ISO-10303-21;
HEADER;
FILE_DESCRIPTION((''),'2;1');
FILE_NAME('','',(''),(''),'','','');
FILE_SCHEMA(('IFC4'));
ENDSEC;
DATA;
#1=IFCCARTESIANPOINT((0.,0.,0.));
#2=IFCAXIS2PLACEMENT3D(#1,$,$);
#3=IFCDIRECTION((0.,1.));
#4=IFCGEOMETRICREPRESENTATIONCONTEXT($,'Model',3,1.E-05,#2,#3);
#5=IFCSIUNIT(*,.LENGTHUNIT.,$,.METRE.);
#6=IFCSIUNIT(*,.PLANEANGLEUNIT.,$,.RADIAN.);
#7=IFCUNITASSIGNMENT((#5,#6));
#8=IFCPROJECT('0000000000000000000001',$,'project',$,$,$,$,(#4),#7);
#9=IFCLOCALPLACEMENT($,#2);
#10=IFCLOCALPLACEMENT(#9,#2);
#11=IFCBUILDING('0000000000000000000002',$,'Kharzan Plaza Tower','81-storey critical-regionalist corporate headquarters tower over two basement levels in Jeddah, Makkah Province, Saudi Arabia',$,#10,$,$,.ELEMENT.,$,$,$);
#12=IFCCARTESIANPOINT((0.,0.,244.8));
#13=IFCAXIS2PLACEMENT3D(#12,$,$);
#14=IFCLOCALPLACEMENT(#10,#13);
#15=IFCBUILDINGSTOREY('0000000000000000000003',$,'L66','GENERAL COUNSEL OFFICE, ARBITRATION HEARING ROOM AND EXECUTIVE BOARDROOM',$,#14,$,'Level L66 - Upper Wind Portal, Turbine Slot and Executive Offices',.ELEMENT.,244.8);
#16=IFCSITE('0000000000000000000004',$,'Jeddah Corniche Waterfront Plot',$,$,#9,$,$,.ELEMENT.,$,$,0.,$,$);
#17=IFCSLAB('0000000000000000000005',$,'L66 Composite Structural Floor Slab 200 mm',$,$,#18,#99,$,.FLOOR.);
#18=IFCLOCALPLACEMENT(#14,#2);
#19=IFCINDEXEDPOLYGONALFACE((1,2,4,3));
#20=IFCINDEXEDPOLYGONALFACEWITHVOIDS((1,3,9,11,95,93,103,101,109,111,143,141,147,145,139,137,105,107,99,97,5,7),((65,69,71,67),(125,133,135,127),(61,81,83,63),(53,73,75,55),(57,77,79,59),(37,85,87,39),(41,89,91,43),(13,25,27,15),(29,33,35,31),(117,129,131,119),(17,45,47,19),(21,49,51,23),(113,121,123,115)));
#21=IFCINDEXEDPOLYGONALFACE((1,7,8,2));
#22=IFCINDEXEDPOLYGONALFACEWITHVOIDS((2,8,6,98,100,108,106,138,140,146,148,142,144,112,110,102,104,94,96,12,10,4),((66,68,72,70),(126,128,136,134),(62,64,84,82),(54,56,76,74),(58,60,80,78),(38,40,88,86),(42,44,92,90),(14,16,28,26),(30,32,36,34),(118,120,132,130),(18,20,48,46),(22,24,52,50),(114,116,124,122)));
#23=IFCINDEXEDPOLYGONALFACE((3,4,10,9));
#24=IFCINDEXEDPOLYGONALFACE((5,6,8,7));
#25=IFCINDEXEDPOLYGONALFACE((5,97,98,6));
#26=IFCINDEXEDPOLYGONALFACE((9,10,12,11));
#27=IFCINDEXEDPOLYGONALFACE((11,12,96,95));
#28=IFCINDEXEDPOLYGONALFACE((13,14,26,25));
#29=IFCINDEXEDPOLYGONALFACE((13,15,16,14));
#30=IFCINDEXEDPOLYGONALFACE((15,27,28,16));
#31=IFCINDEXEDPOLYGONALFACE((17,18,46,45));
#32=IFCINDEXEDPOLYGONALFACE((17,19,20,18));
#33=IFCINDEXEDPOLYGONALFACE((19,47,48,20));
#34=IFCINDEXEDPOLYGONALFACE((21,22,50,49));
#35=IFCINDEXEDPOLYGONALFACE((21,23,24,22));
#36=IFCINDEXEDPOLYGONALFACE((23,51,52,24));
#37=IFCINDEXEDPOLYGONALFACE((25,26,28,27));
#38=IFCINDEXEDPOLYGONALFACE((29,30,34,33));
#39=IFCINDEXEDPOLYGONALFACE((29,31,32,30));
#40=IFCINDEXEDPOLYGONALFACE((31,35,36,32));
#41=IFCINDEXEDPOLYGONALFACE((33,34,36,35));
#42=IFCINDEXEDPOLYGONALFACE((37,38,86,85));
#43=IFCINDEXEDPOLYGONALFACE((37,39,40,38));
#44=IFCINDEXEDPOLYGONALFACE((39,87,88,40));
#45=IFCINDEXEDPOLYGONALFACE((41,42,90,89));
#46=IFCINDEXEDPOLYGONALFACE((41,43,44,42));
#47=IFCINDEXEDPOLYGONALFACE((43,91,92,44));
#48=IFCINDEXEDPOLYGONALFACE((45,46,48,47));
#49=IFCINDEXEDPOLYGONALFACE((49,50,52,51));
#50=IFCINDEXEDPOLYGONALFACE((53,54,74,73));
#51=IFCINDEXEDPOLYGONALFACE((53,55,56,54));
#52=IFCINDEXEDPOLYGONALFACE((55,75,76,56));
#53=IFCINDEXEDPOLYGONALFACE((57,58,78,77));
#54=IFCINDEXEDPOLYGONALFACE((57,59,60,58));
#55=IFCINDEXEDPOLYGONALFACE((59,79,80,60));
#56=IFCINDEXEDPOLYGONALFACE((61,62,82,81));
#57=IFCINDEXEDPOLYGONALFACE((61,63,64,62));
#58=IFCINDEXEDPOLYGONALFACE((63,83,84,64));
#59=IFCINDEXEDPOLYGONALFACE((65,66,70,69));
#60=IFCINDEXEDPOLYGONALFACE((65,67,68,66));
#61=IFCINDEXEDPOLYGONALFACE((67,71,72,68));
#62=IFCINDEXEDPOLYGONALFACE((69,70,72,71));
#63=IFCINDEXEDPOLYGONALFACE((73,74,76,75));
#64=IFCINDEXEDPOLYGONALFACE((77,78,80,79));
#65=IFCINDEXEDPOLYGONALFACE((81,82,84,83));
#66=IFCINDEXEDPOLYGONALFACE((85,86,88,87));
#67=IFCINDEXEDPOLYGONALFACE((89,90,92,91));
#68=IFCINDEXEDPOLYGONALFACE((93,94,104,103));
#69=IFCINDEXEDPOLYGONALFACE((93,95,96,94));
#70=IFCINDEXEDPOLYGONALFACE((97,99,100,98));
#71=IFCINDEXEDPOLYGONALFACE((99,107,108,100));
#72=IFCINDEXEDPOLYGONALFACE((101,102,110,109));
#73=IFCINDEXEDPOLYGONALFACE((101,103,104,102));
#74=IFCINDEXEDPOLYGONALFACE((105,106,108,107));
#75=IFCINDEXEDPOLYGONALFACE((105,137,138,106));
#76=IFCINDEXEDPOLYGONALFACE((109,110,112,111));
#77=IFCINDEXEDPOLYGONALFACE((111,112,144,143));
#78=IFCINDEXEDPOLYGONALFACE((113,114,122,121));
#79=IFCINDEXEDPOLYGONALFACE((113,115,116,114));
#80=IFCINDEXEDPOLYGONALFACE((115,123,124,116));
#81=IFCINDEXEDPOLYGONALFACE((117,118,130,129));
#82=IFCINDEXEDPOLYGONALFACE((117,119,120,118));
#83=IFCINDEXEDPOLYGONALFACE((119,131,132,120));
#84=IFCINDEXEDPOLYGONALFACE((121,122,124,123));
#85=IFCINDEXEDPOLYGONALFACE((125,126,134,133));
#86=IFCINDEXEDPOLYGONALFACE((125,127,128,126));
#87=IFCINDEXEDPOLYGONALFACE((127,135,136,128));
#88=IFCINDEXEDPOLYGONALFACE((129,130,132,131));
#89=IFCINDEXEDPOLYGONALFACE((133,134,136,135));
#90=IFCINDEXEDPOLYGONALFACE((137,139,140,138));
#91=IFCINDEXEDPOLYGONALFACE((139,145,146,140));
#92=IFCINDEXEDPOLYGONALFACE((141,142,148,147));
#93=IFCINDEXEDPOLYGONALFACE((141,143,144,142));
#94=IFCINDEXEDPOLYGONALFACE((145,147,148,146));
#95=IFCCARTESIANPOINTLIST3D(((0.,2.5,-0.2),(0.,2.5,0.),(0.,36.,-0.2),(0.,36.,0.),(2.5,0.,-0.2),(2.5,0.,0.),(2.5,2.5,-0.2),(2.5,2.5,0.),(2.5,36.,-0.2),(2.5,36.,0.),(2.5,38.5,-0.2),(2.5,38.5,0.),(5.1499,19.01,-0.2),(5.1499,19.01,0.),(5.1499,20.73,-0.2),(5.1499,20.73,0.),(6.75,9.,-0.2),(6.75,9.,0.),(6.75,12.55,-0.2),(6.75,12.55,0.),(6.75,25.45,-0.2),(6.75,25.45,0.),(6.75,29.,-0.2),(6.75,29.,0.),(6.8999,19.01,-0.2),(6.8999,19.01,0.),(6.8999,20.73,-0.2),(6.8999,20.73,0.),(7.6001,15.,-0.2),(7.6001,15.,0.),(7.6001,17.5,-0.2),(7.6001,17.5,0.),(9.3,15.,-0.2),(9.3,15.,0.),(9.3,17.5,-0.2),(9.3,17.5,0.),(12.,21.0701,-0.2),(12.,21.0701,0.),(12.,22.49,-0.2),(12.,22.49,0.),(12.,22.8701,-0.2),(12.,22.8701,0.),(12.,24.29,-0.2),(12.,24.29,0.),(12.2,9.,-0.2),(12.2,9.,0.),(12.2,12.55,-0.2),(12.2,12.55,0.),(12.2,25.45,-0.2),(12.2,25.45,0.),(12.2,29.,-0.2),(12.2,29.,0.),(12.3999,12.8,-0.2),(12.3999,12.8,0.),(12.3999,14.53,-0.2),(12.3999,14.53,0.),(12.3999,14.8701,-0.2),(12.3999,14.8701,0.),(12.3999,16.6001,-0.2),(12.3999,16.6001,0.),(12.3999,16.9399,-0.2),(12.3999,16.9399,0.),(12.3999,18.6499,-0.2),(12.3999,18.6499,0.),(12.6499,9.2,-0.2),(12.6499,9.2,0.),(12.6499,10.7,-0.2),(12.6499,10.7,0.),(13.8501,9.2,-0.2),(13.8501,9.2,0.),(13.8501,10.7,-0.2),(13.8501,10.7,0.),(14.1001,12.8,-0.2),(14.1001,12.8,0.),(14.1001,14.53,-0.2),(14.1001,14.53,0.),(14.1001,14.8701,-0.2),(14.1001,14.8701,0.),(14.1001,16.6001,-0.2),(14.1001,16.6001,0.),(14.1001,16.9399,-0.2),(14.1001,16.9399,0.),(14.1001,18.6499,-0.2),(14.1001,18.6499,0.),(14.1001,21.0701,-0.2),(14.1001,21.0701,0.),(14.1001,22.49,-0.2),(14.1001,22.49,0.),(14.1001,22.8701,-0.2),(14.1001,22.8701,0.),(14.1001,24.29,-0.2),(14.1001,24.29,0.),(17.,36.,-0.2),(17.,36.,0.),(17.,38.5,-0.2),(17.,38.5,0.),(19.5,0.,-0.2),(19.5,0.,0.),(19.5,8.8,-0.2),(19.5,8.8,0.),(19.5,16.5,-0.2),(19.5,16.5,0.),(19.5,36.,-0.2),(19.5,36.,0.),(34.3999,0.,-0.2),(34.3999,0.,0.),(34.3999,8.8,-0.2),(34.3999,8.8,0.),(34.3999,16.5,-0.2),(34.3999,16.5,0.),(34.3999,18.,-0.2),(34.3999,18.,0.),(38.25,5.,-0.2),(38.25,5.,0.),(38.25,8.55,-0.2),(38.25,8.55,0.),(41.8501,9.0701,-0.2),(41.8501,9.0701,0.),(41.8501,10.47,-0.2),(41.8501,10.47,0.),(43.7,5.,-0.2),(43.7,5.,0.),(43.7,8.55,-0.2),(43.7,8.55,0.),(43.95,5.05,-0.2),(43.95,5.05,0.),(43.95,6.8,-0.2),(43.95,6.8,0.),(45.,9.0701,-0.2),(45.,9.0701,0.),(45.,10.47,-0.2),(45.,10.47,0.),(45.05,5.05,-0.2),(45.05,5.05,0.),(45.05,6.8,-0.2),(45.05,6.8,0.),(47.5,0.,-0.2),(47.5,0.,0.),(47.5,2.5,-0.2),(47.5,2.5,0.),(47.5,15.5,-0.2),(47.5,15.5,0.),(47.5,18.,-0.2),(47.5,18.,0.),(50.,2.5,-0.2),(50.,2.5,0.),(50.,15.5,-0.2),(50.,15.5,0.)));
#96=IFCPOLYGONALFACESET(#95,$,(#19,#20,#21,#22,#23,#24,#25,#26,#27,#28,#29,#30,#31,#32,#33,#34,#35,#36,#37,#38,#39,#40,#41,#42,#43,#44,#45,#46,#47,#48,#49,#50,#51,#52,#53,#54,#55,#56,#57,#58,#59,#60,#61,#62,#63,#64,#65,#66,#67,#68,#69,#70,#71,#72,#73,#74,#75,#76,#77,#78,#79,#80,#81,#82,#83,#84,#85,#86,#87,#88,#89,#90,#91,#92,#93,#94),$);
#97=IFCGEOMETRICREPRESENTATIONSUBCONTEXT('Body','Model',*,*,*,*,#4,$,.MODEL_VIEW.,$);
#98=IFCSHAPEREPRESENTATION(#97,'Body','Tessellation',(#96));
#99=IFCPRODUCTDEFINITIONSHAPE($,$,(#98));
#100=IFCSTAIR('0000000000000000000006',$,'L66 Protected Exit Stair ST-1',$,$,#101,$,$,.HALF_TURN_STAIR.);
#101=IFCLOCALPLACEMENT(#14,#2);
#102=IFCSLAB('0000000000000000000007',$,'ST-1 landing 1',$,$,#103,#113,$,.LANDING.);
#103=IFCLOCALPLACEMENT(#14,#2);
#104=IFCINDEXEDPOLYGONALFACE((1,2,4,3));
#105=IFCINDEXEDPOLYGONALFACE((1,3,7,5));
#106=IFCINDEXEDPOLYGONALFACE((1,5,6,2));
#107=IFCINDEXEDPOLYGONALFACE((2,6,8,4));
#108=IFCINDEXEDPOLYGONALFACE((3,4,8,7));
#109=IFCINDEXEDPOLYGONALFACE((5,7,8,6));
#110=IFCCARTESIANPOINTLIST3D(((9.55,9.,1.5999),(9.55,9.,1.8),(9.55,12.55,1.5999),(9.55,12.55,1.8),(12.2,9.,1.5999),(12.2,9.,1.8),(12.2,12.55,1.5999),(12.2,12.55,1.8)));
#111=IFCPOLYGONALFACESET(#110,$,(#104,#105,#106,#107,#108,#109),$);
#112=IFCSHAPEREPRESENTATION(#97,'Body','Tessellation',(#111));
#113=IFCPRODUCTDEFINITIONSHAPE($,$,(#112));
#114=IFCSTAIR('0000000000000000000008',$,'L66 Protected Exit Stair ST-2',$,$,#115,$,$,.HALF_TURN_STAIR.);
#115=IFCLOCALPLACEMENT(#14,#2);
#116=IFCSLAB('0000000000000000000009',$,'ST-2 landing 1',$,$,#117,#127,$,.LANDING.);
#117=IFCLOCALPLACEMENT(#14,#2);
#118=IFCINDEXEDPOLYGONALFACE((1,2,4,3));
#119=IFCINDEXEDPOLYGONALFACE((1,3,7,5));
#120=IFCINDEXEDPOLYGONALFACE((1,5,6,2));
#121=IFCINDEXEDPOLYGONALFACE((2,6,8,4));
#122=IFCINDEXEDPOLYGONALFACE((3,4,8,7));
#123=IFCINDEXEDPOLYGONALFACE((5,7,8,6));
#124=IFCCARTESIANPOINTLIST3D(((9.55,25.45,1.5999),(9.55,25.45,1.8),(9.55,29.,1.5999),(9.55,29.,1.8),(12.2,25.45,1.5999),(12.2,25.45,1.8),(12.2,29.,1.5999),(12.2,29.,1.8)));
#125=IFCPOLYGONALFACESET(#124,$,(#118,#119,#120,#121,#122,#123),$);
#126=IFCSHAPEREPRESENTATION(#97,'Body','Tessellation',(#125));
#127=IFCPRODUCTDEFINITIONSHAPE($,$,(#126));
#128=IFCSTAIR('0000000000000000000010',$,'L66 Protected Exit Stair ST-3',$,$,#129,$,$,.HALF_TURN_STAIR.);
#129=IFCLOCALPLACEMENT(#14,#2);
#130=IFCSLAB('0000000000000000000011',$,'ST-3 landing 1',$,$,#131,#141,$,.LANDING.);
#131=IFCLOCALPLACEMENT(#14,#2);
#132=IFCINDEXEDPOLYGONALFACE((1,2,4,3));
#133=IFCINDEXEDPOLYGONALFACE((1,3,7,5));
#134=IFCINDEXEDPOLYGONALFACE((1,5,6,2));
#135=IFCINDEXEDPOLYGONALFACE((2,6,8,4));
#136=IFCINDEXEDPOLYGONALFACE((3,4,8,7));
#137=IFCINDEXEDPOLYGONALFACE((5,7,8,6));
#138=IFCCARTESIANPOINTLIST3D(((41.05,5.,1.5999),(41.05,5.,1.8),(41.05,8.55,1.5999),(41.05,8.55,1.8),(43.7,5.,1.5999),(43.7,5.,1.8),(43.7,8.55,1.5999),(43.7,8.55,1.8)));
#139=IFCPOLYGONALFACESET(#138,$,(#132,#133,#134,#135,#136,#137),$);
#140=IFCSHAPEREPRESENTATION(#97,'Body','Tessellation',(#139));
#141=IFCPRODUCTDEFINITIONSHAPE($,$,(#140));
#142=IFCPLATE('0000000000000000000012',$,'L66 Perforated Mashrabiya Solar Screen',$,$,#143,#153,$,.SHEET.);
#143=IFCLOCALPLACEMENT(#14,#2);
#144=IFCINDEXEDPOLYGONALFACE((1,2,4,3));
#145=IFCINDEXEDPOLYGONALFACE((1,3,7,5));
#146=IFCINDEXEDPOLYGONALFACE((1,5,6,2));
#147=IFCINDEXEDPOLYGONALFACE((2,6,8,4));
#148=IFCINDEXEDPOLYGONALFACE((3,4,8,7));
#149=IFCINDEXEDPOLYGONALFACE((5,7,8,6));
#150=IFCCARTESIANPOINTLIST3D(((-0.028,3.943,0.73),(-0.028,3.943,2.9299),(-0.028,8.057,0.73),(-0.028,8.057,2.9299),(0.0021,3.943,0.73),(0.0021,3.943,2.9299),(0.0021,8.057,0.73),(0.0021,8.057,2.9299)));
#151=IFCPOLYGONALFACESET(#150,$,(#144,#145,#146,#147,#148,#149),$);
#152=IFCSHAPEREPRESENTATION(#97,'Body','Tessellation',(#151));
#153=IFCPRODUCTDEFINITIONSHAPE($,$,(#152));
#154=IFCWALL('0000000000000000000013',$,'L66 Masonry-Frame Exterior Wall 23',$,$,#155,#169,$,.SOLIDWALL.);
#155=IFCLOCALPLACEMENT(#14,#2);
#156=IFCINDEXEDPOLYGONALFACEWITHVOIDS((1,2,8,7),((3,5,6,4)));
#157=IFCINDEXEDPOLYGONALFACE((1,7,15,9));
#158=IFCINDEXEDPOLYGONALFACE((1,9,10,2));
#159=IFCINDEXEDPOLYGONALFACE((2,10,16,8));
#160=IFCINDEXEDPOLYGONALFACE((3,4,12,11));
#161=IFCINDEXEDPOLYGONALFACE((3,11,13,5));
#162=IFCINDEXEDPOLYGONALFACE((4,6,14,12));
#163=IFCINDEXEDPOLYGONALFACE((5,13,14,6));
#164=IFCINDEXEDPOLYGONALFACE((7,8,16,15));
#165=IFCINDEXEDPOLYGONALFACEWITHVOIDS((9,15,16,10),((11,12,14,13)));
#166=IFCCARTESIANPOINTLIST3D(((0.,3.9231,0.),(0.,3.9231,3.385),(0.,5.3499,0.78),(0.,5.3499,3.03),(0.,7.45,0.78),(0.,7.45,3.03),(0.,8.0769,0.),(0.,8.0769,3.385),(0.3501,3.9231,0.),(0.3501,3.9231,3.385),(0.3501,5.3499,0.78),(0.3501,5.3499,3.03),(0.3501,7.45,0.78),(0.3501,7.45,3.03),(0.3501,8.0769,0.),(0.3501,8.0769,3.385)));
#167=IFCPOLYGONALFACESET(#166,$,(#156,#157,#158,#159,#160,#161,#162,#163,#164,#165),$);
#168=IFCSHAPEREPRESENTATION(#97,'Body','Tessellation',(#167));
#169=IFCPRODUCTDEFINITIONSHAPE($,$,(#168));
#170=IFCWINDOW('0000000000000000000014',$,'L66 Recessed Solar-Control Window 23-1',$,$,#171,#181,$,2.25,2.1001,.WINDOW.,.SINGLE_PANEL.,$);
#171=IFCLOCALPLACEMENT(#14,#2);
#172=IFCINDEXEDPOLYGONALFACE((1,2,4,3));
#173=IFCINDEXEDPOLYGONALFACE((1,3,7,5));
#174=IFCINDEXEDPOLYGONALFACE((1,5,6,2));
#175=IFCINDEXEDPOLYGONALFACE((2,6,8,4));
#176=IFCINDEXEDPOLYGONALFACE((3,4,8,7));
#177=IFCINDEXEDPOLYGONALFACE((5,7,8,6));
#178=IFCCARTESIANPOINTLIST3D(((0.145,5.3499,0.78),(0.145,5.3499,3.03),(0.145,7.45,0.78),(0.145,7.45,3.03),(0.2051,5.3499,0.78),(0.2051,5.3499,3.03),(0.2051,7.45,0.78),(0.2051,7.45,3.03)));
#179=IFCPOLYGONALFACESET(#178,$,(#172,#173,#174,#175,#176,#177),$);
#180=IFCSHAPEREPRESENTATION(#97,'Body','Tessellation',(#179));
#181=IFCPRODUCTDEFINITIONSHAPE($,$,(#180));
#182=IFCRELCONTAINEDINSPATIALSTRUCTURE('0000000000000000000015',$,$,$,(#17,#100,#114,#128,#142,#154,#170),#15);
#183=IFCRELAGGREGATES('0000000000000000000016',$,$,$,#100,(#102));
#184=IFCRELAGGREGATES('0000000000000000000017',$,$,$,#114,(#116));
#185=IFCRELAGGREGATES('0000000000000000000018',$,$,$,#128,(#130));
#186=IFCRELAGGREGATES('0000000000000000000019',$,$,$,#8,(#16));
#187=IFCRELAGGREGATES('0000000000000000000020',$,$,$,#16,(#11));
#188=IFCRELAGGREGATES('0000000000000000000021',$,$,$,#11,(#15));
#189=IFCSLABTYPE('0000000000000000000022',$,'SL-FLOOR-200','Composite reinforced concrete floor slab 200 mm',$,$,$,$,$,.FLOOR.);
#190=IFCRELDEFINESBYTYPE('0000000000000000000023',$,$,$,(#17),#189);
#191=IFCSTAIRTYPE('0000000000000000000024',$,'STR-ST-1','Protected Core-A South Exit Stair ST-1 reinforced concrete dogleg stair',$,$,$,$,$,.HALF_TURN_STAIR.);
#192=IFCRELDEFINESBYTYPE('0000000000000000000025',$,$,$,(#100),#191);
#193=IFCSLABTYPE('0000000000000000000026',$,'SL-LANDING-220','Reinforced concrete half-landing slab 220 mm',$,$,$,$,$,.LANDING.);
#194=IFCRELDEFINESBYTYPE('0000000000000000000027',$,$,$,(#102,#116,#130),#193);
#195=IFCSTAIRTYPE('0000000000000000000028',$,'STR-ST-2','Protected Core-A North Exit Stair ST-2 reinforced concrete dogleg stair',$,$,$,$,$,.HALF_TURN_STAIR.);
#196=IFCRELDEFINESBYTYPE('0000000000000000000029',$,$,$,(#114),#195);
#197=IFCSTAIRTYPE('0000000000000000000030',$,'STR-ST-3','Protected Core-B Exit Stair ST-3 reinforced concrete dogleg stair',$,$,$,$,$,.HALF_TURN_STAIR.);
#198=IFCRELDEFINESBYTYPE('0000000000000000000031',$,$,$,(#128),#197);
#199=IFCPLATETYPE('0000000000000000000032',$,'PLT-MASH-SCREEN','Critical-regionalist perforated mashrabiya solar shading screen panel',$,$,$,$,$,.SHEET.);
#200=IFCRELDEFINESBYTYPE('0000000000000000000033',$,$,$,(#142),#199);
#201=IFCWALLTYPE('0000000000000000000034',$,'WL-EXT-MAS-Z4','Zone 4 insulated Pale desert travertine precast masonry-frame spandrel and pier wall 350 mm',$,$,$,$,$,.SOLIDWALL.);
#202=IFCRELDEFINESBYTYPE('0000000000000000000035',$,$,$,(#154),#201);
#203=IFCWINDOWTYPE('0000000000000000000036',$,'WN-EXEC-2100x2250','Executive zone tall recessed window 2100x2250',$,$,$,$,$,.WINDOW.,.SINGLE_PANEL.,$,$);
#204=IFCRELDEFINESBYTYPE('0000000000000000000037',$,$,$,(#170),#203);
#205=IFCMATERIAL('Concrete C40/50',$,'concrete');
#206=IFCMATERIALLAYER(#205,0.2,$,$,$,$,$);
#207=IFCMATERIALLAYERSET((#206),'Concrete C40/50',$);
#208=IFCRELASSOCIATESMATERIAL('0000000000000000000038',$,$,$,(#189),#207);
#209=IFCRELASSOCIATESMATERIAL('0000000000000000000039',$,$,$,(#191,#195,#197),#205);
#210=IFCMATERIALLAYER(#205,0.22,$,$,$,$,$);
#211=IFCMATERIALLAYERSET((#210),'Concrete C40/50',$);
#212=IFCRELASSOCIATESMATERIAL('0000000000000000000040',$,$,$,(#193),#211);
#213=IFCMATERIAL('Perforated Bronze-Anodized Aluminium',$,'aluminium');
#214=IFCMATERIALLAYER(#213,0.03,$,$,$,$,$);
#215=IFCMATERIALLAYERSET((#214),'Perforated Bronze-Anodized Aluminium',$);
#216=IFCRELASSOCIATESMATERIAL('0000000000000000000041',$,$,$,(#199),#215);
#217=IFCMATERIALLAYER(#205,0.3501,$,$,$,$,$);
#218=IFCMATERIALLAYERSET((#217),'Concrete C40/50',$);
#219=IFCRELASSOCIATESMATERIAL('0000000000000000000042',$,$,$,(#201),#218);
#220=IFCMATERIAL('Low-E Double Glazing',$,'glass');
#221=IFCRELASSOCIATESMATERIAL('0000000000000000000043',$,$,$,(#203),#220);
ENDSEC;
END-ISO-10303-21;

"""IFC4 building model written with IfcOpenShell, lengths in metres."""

from ifc_helpers import new_model, si_unit, direction, frame, frame_2d, origin, origin_2d, place, context, subcontext, project, spatial, polyline, rectangle, outline, extrude, source, transform, mapped, material, layer, layer_set, type_object, element, fill, aggregate, save


model = new_model("IFC4")

# Units and contexts
model_context = context("Model", 3, precision=1e-05, world=origin(), true_north=direction((0.0, 1.0)))
body_context = subcontext(model_context, "Body", "Model", "MODEL_VIEW")
ifc_project = project(units=[si_unit("LENGTHUNIT", "METRE"), si_unit("PLANEANGLEUNIT", "RADIAN")], contexts=[model_context])

# Site, building, storey
site_placement = place(None, origin())
site = spatial("IfcSite", under=ifc_project, at=site_placement, Name="Jeddah Corniche Waterfront Plot", CompositionType="ELEMENT", RefElevation=0.0)
building_placement = place(site_placement, origin())
building = spatial("IfcBuilding", under=site, at=building_placement, Name="Kharzan Plaza Tower", Description="81-storey critical-regionalist corporate headquarters tower over two basement levels in Jeddah, Makkah Province, Saudi Arabia", CompositionType="ELEMENT")
storey_placement = place(building_placement, frame((0.0, 0.0, 244.8)))
storey = spatial("IfcBuildingStorey", under=building, at=storey_placement, Name="L66", Description="GENERAL COUNSEL OFFICE, ARBITRATION HEARING ROOM AND EXECUTIVE BOARDROOM", LongName="Level L66 - Upper Wind Portal, Turbine Slot and Executive Offices", CompositionType="ELEMENT", Elevation=244.8)

# Slab
ifc_material_1 = material(Name="Concrete C40/50", Category="concrete")
ifc_layer_1 = layer(ifc_material_1, 0.2)
ifc_layer_set_1 = layer_set([ifc_layer_1], Name="Concrete C40/50")
slab_type_1 = type_object("IfcSlabType", Name="SL-FLOOR-200", Description="Composite reinforced concrete floor slab 200 mm", PredefinedType="FLOOR", material=ifc_layer_set_1)
slab_1_placement = place(storey_placement, frame((0.0, 0.0, -0.2)))
element("IfcSlab", 1, at=slab_1_placement, inside=storey, type_object=slab_type_1, Name="L66 Composite Structural Floor Slab 200 mm", PredefinedType="FLOOR", context=body_context, shape_type="SweptSolid", body=[
    extrude(outline(polyline([(34.3999, 16.5), (19.5, 16.5), (19.5, 36.0), (17.0, 36.0), (17.0, 38.5), (2.5, 38.5), (2.5, 36.0), (0.0, 36.0), (0.0, 2.5), (2.5, 2.5), (2.5, 0.0), (19.5, 0.0), (19.5, 8.8), (34.3999, 8.8), (34.3999, 0.0), (47.5, 0.0), (47.5, 2.5), (50.0, 2.5), (50.0, 15.5), (47.5, 15.5), (47.5, 18.0), (34.3999, 18.0), (34.3999, 16.5)]), holes=[polyline([(12.2, 12.55), (6.75, 12.55), (6.75, 9.0), (12.2, 9.0), (12.2, 12.55)]), polyline([(14.1001, 12.8), (14.1001, 14.53), (12.3999, 14.53), (12.3999, 12.8), (14.1001, 12.8)]), polyline([(9.3, 15.0), (9.3, 17.5), (7.6001, 17.5), (7.6001, 15.0), (9.3, 15.0)]), polyline([(6.8999, 20.73), (5.1499, 20.73), (5.1499, 19.01), (6.8999, 19.01), (6.8999, 20.73)]), polyline([(14.1001, 21.0701), (14.1001, 22.49), (12.0, 22.49), (12.0, 21.0701), (14.1001, 21.0701)]), polyline([(14.1001, 22.8701), (14.1001, 24.29), (12.0, 24.29), (12.0, 22.8701), (14.1001, 22.8701)]), polyline([(12.2, 29.0), (6.75, 29.0), (6.75, 25.45), (12.2, 25.45), (12.2, 29.0)]), polyline([(45.05, 5.05), (45.05, 6.8), (43.95, 6.8), (43.95, 5.05), (45.05, 5.05)]), polyline([(43.7, 5.0), (43.7, 8.55), (38.25, 8.55), (38.25, 5.0), (43.7, 5.0)]), polyline([(45.0, 9.0701), (45.0, 10.47), (41.8501, 10.47), (41.8501, 9.0701), (45.0, 9.0701)]), polyline([(13.8501, 9.2), (13.8501, 10.7), (12.6499, 10.7), (12.6499, 9.2), (13.8501, 9.2)]), polyline([(14.1001, 14.8701), (14.1001, 16.6001), (12.3999, 16.6001), (12.3999, 14.8701), (14.1001, 14.8701)]), polyline([(14.1001, 16.9399), (14.1001, 18.6499), (12.3999, 18.6499), (12.3999, 16.9399), (14.1001, 16.9399)])]), origin(), (0.0, 0.0, 1.0), 0.2),
])

# Stairs, slabs
stair_type_1 = type_object("IfcStairType", Name="STR-ST-1", Description="Protected Core-A South Exit Stair ST-1 reinforced concrete dogleg stair", PredefinedType="HALF_TURN_STAIR", material=ifc_material_1)
stair_1_placement = place(storey_placement, origin())
stair_1 = element("IfcStair", 2, at=stair_1_placement, inside=storey, type_object=stair_type_1, Name="L66 Protected Exit Stair ST-1", PredefinedType="HALF_TURN_STAIR")
ifc_layer_2 = layer(ifc_material_1, 0.22)
ifc_layer_set_2 = layer_set([ifc_layer_2], Name="Concrete C40/50")
slab_type_2 = type_object("IfcSlabType", Name="SL-LANDING-220", Description="Reinforced concrete half-landing slab 220 mm", PredefinedType="LANDING", material=ifc_layer_set_2)
slab_2_placement = place(storey_placement, frame((0.0, 0.0, 1.5999)))
slab_2 = element("IfcSlab", 3, at=slab_2_placement, type_object=slab_type_2, Name="ST-1 landing 1", PredefinedType="LANDING", context=body_context, shape_type="SweptSolid", body=[
    extrude(outline(polyline([(9.55, 9.0), (12.2, 9.0), (12.2, 12.55), (9.55, 12.55), (9.55, 9.0)])), origin(), (0.0, 0.0, 1.0), 0.2002),
])
aggregate(stair_1, [slab_2])
stair_type_2 = type_object("IfcStairType", Name="STR-ST-2", Description="Protected Core-A North Exit Stair ST-2 reinforced concrete dogleg stair", PredefinedType="HALF_TURN_STAIR", material=ifc_material_1)
stair_2_placement = place(storey_placement, origin())
stair_2 = element("IfcStair", 4, at=stair_2_placement, inside=storey, type_object=stair_type_2, Name="L66 Protected Exit Stair ST-2", PredefinedType="HALF_TURN_STAIR")
slab_3_placement = place(storey_placement, frame((0.0, 0.0, 1.5999)))
slab_3 = element("IfcSlab", 5, at=slab_3_placement, type_object=slab_type_2, Name="ST-2 landing 1", PredefinedType="LANDING", context=body_context, shape_type="SweptSolid", body=[
    extrude(outline(polyline([(9.55, 25.45), (12.2, 25.45), (12.2, 29.0), (9.55, 29.0), (9.55, 25.45)])), origin(), (0.0, 0.0, 1.0), 0.2002),
])
aggregate(stair_2, [slab_3])
stair_type_3 = type_object("IfcStairType", Name="STR-ST-3", Description="Protected Core-B Exit Stair ST-3 reinforced concrete dogleg stair", PredefinedType="HALF_TURN_STAIR", material=ifc_material_1)
stair_3_placement = place(storey_placement, origin())
stair_3 = element("IfcStair", 6, at=stair_3_placement, inside=storey, type_object=stair_type_3, Name="L66 Protected Exit Stair ST-3", PredefinedType="HALF_TURN_STAIR")
slab_4_placement = place(storey_placement, frame((0.0, 0.0, 1.5999)))
slab_4 = element("IfcSlab", 7, at=slab_4_placement, type_object=slab_type_2, Name="ST-3 landing 1", PredefinedType="LANDING", context=body_context, shape_type="SweptSolid", body=[
    extrude(outline(polyline([(41.05, 5.0), (43.7, 5.0), (43.7, 8.55), (41.05, 8.55), (41.05, 5.0)])), origin(), (0.0, 0.0, 1.0), 0.2002),
])
aggregate(stair_3, [slab_4])

# Plate
ifc_material_2 = material(Name="Perforated Bronze-Anodized Aluminium", Category="aluminium")
ifc_layer_3 = layer(ifc_material_2, 0.03)
ifc_layer_set_3 = layer_set([ifc_layer_3], Name="Perforated Bronze-Anodized Aluminium")
plate_type = type_object("IfcPlateType", Name="PLT-MASH-SCREEN", Description="Critical-regionalist perforated mashrabiya solar shading screen panel", PredefinedType="SHEET", material=ifc_layer_set_3)
shared_shape_1 = source(origin(), body_context, "Body", "SweptSolid", [
    extrude(rectangle(XDim=4.114, YDim=0.03, at=origin_2d()), origin(), (0.0, 0.0, 1.0), 2.2),
])
plate_placement = place(storey_placement, frame((-0.0129, 6.0, 0.73), z_axis=(0.0, 0.0, 1.0), x_axis=(0.0, -1.0, 0.0)))
element("IfcPlate", 8, at=plate_placement, inside=storey, type_object=plate_type, Name="L66 Perforated Mashrabiya Solar Screen", PredefinedType="SHEET", context=body_context, shape_type="MappedRepresentation", body=[
    mapped(shared_shape_1, transform((0.0, 0.0, 0.0), x_axis=(1.0, 0.0, 0.0), y_axis=(0.0, 1.0, 0.0), z_axis=(0.0, 0.0, 1.0))),
])

# Wall, opening, window
ifc_layer_4 = layer(ifc_material_1, 0.3501)
ifc_layer_set_4 = layer_set([ifc_layer_4], Name="Concrete C40/50")
wall_type_1 = type_object("IfcWallType", Name="WL-EXT-MAS-Z4", Description="Zone 4 insulated Pale desert travertine precast masonry-frame spandrel and pier wall 350 mm", PredefinedType="SOLIDWALL", material=ifc_layer_set_4)
wall_1_placement = place(storey_placement, frame((0.175, 8.0769, 0.0), z_axis=(0.0, 0.0, 1.0), x_axis=(0.0, -1.0, 0.0)))
wall_1 = element("IfcWall", 9, at=wall_1_placement, inside=storey, type_object=wall_type_1, Name="L66 Masonry-Frame Exterior Wall 23", PredefinedType="SOLIDWALL", context=body_context, shape_type="SweptSolid", body=[
    extrude(rectangle(XDim=4.1538, YDim=0.3501, at=frame_2d((2.0769, 0.0))), origin(), (0.0, 0.0, 1.0), 3.385),
])
opening_1_placement = place(wall_1_placement, frame((0.627, 0.0, 0.78)))
opening_1 = element("IfcOpeningElement", 10, at=opening_1_placement, cuts=wall_1, PredefinedType="OPENING", context=body_context, shape_type="SweptSolid", body=[
    extrude(rectangle(XDim=2.1001, YDim=2.25, at=frame_2d((1.05, 1.125))), frame((0.0, 0.1851, 0.0), z_axis=(0.0, -1.0, 0.0), x_axis=(1.0, 0.0, 0.0)), (0.0, 0.0, 1.0), 0.3701),
])
ifc_material_3 = material(Name="Low-E Double Glazing", Category="glass")
window_type_1 = type_object("IfcWindowType", Name="WN-EXEC-2100x2250", Description="Executive zone tall recessed window 2100x2250", PartitioningType="SINGLE_PANEL", PredefinedType="WINDOW", material=ifc_material_3)
shared_shape_2 = source(origin(), body_context, "Body", "SweptSolid", [
    extrude(rectangle(XDim=2.1001, YDim=2.25, at=frame_2d((1.05, 1.125))), frame((0.0, 0.03, 0.0), z_axis=(0.0, -1.0, 0.0), x_axis=(1.0, 0.0, 0.0)), (0.0, 0.0, 1.0), 0.0601),
])
window_1_placement = place(opening_1_placement, origin())
window_1 = element("IfcWindow", 11, at=window_1_placement, inside=storey, type_object=window_type_1, Name="L66 Recessed Solar-Control Window 23-1", OverallHeight=2.25, OverallWidth=2.1001, PartitioningType="SINGLE_PANEL", PredefinedType="WINDOW", context=body_context, shape_type="MappedRepresentation", body=[
    mapped(shared_shape_2, transform((0.0, 0.0, 0.0), x_axis=(1.0, 0.0, 0.0), y_axis=(0.0, 1.0, 0.0), z_axis=(0.0, 0.0, 1.0))),
])
fill(opening_1, window_1)

save(model, "model.ifc")
